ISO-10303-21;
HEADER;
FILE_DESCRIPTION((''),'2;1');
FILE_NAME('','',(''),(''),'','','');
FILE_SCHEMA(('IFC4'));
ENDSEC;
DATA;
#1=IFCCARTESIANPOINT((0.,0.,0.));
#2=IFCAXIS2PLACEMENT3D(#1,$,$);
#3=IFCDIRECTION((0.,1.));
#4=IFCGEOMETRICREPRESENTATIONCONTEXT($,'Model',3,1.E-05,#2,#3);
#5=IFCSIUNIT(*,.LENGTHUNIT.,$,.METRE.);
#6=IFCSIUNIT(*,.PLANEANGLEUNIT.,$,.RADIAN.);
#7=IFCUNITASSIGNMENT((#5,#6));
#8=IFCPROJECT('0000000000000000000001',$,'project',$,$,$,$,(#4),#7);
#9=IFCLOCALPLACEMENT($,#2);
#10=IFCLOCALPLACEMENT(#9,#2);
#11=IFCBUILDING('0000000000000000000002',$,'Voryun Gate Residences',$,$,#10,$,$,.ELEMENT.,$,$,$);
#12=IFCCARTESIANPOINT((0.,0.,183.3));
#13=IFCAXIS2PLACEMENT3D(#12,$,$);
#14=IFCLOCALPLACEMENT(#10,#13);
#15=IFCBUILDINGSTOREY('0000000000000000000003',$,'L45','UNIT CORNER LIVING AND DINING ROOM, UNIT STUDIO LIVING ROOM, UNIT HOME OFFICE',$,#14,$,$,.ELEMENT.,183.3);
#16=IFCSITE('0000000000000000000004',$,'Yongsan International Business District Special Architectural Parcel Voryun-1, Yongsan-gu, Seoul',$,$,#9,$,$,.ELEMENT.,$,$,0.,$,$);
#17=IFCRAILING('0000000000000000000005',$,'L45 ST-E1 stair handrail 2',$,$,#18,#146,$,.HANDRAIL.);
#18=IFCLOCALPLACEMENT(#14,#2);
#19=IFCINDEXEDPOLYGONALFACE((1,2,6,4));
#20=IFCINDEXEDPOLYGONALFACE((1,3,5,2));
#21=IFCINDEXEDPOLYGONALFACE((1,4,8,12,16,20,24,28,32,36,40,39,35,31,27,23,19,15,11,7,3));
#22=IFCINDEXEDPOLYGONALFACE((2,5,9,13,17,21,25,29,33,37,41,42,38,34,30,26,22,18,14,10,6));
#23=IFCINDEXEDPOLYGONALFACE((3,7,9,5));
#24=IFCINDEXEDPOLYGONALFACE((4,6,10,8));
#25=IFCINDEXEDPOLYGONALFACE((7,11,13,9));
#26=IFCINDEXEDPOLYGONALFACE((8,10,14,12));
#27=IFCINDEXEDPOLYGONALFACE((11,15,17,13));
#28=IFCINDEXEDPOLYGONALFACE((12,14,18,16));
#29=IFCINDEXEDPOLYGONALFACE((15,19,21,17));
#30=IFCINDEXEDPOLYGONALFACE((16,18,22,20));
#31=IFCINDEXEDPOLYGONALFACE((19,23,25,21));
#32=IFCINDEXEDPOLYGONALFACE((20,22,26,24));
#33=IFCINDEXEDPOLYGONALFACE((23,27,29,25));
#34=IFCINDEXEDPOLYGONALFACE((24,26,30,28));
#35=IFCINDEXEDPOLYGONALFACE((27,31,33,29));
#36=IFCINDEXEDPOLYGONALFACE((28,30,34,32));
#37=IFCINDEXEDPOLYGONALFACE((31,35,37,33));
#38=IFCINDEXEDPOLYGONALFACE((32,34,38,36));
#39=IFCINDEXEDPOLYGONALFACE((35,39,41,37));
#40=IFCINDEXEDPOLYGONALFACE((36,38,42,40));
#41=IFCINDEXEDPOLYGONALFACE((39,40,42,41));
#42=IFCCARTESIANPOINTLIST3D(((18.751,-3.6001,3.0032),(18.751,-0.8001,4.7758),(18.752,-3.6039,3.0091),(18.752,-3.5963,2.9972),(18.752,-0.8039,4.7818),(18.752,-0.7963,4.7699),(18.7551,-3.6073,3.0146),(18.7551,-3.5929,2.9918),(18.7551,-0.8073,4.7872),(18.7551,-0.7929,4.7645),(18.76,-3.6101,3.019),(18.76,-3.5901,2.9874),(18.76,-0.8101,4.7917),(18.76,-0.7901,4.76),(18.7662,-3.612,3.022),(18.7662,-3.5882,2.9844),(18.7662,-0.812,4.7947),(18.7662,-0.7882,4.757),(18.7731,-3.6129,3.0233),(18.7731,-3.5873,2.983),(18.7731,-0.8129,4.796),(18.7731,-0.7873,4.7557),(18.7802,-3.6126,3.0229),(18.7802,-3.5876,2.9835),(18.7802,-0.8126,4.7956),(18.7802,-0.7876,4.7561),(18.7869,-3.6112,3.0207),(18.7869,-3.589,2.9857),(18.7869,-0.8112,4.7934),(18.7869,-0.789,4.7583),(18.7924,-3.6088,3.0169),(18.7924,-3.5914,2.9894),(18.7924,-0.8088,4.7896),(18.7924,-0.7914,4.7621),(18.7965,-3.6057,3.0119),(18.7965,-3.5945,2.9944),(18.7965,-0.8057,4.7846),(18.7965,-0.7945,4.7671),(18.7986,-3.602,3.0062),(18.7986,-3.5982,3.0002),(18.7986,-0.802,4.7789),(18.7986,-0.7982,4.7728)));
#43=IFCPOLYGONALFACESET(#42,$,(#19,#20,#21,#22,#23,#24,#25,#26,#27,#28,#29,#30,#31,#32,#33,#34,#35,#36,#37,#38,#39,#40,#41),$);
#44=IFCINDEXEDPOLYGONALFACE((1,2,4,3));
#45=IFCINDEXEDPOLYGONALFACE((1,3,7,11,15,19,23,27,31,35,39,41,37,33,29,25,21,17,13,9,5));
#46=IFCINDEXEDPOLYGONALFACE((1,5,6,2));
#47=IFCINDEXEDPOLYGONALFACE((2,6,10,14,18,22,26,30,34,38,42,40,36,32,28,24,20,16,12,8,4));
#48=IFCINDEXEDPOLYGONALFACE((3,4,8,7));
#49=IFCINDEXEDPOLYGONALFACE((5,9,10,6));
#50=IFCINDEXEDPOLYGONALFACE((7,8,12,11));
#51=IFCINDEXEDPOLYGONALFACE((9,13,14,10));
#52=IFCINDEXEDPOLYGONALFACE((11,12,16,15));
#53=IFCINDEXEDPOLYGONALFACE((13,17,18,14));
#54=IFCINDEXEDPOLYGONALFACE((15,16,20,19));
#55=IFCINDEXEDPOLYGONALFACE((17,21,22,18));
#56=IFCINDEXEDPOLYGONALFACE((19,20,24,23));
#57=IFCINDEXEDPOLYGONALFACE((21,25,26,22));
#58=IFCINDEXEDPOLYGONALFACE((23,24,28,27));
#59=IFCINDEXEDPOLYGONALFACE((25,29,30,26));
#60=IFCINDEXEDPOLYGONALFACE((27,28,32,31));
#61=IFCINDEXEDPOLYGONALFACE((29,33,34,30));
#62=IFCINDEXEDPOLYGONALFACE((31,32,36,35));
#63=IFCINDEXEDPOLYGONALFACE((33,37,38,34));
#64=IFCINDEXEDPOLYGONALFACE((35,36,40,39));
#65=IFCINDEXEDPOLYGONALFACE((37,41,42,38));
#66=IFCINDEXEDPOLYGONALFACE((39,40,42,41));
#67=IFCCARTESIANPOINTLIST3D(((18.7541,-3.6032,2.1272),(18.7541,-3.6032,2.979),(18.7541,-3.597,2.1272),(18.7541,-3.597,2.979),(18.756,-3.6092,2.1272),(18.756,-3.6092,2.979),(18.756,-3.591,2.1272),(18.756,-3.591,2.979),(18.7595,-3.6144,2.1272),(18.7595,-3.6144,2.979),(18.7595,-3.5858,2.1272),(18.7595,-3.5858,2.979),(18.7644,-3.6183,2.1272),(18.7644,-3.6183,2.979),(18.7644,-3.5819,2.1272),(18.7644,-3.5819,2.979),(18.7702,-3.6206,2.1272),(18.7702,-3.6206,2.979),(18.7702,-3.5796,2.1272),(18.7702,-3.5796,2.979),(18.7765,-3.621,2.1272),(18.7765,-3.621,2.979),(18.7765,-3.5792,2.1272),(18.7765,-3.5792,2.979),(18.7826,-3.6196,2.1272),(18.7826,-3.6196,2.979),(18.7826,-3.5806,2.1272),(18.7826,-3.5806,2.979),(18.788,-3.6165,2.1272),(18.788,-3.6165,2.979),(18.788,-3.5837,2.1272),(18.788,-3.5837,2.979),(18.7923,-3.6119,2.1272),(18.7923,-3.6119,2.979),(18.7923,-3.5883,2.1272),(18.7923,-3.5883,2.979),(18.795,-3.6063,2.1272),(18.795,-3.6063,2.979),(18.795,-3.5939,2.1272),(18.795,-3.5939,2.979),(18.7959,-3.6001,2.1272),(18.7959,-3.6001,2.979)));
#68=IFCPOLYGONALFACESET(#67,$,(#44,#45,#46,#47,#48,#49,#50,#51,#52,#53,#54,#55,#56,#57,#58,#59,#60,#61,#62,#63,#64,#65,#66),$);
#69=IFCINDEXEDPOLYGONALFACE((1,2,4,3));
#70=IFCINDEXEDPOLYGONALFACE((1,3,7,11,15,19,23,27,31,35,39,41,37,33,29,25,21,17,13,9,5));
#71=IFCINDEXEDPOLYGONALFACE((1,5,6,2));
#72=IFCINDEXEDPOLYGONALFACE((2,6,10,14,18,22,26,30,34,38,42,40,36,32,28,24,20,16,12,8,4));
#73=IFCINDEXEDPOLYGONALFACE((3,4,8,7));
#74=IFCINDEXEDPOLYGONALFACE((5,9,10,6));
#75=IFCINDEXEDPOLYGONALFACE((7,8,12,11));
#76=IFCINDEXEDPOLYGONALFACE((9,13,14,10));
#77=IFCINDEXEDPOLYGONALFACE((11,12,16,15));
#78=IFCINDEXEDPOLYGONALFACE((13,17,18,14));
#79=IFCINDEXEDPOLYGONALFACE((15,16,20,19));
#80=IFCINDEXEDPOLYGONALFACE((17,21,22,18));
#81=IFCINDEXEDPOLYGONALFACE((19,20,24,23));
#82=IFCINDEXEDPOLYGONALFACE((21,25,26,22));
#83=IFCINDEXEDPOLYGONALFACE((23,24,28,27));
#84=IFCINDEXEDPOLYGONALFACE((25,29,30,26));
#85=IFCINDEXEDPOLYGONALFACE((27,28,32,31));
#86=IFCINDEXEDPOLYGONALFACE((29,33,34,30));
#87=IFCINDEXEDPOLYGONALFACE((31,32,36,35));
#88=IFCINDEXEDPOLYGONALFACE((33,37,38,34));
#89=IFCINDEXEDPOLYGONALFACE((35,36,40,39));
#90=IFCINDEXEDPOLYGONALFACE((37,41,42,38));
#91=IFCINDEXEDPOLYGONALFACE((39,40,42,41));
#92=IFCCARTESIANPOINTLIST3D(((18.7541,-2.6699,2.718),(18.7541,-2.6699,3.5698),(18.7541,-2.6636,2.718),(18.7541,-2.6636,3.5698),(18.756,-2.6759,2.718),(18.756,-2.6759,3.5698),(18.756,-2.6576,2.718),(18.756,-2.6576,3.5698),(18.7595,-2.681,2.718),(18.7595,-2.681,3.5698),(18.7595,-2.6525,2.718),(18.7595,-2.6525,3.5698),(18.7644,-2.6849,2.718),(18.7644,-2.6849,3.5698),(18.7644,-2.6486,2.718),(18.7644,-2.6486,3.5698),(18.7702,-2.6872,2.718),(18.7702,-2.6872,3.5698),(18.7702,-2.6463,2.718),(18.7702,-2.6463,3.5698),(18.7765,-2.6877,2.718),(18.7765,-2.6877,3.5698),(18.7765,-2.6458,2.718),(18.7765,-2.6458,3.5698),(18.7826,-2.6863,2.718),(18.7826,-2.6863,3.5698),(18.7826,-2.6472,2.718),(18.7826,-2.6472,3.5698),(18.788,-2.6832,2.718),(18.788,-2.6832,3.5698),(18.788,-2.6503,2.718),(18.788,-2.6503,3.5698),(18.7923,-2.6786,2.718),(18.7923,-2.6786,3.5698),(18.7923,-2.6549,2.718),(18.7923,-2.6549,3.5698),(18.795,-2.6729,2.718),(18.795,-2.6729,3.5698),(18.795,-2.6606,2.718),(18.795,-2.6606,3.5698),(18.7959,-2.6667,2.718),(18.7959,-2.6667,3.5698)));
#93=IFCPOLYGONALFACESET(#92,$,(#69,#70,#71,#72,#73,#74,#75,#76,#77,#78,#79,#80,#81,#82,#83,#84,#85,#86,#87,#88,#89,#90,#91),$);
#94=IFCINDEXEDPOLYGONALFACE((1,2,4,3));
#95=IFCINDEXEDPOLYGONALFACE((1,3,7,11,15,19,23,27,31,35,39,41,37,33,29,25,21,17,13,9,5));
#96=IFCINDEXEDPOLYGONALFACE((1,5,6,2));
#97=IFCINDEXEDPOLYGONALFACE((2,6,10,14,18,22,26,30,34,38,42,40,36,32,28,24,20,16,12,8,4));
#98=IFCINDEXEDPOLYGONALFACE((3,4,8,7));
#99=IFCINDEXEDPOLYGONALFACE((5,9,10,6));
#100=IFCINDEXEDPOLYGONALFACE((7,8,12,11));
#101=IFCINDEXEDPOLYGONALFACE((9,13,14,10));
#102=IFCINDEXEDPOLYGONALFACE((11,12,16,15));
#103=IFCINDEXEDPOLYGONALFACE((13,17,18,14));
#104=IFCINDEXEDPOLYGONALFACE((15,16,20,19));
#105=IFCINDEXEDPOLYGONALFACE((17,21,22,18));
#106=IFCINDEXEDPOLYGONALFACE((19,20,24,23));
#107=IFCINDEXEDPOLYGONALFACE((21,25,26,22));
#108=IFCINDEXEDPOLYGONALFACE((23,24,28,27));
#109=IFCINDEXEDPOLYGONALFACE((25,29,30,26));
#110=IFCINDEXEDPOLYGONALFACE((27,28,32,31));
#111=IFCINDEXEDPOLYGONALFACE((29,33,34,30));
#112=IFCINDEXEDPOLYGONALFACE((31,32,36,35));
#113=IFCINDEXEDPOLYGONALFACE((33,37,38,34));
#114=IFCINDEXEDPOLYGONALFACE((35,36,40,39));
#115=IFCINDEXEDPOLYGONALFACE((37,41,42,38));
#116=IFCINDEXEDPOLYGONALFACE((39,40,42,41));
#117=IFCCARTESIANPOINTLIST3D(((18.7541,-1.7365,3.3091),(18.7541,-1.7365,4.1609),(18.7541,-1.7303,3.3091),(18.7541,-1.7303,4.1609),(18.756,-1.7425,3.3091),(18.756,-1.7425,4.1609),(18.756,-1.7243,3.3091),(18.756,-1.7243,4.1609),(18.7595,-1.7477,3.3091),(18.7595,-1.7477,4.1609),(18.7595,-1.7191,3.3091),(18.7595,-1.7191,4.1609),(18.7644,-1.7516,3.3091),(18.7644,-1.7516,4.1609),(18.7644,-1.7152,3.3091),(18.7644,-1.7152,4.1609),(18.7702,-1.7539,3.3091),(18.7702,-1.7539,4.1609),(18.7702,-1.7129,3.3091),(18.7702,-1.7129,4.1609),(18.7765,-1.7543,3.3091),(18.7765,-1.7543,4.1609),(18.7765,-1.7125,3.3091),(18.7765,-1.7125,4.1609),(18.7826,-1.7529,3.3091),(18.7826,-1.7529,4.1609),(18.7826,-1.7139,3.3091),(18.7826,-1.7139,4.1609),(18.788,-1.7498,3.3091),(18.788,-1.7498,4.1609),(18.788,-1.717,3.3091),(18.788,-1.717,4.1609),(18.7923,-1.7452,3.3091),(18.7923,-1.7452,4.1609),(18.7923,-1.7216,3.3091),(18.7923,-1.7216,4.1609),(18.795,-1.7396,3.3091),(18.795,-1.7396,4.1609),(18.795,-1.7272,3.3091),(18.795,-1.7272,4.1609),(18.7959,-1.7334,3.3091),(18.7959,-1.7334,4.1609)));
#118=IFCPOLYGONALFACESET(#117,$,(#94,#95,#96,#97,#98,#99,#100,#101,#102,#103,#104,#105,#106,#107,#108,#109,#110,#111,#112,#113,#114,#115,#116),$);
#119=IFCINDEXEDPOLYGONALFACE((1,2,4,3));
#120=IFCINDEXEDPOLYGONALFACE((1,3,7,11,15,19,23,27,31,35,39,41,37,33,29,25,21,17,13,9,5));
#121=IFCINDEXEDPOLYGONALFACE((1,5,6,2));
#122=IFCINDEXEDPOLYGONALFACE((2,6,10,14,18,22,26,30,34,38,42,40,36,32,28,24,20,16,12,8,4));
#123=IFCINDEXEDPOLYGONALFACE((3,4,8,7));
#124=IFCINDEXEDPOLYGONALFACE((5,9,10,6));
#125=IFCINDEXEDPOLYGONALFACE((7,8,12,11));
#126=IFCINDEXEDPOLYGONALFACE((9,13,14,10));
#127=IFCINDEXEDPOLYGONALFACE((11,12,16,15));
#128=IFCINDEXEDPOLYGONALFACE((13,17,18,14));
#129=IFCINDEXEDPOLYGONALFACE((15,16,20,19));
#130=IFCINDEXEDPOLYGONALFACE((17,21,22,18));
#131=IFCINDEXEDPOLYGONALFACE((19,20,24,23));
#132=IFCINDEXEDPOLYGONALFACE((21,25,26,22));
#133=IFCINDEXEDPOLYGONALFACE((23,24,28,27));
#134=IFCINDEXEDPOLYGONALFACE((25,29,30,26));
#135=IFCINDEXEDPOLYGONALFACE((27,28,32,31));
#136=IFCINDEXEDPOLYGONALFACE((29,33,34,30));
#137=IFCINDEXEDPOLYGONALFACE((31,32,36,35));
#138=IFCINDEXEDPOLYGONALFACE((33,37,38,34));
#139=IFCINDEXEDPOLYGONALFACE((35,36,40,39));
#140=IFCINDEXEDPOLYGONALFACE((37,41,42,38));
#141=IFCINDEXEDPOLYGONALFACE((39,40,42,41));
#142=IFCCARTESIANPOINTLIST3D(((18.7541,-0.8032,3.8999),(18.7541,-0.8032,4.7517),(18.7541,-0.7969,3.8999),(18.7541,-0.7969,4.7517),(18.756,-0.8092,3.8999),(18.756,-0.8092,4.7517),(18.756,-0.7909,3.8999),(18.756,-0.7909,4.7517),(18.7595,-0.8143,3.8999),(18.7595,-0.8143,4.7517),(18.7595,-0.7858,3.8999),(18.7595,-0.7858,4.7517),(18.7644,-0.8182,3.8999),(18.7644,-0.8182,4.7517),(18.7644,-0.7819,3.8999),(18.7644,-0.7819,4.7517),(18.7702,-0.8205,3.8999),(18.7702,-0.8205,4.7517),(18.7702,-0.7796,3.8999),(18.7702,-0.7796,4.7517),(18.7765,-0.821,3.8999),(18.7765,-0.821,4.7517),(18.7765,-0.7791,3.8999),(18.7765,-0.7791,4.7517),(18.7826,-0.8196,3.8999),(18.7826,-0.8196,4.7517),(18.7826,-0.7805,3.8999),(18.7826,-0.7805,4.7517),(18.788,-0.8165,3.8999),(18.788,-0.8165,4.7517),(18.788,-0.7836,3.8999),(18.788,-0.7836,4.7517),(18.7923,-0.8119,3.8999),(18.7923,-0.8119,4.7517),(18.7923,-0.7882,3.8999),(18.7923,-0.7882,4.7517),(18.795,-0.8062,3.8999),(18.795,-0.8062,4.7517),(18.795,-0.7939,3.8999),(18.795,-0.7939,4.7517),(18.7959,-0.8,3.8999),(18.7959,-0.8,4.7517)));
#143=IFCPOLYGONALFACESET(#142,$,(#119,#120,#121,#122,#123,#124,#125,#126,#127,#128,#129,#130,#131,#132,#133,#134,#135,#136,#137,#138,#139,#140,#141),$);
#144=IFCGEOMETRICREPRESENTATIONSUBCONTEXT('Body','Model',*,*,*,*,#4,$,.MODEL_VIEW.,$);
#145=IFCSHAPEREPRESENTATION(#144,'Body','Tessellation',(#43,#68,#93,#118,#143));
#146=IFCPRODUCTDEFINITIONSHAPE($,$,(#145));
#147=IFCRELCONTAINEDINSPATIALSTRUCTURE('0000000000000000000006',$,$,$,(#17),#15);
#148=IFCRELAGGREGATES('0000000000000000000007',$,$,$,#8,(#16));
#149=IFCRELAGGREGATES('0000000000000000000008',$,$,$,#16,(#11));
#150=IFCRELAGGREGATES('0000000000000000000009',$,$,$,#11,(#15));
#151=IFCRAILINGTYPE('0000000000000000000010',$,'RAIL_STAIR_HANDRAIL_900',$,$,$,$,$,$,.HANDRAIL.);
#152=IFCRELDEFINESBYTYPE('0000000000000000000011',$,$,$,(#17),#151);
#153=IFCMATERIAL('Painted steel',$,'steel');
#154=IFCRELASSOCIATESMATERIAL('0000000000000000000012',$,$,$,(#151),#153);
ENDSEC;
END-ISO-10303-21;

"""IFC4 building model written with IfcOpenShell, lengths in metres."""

from ifc_helpers import new_model, si_unit, direction, frame, origin, origin_2d, place, context, subcontext, project, spatial, circle, extrude, material, type_object, element, save


model = new_model("IFC4")

# Units and contexts
model_context = context("Model", 3, precision=1e-05, world=origin(), true_north=direction((0.0, 1.0)))
body_context = subcontext(model_context, "Body", "Model", "MODEL_VIEW")
ifc_project = project(units=[si_unit("LENGTHUNIT", "METRE"), si_unit("PLANEANGLEUNIT", "RADIAN")], contexts=[model_context])

# Site, building, storey
site_placement = place(None, origin())
site = spatial("IfcSite", under=ifc_project, at=site_placement, Name="Yongsan International Business District Special Architectural Parcel Voryun-1, Yongsan-gu, Seoul", CompositionType="ELEMENT", RefElevation=0.0)
building_placement = place(site_placement, origin())
building = spatial("IfcBuilding", under=site, at=building_placement, Name="Voryun Gate Residences", CompositionType="ELEMENT")
storey_placement = place(building_placement, frame((0.0, 0.0, 183.3)))
storey = spatial("IfcBuildingStorey", under=building, at=storey_placement, Name="L45", Description="UNIT CORNER LIVING AND DINING ROOM, UNIT STUDIO LIVING ROOM, UNIT HOME OFFICE", CompositionType="ELEMENT", Elevation=183.3)

# Railing
ifc_material_1 = material(Name="Painted steel", Category="steel")
railing_type_1 = type_object("IfcRailingType", Name="RAIL_STAIR_HANDRAIL_900", PredefinedType="HANDRAIL", material=ifc_material_1)
railing_1_placement = place(storey_placement, frame((18.7749, -3.6001, 2.1272)))
element("IfcRailing", 1, at=railing_1_placement, inside=storey, type_object=railing_type_1, Name="L45 ST-E1 stair handrail 2", PredefinedType="HANDRAIL", context=body_context, shape_type="SweptSolid", body=[
    extrude(circle(Radius=0.0239, at=origin_2d()), frame((0.0, 0.0, 0.876), z_axis=(0.0, 0.844909, 0.53491), x_axis=(-1.0, 0.0, 0.0)), (0.0, 0.0, 1.0), 3.314),
    extrude(circle(Radius=0.021, at=origin_2d()), origin(), (0.0, 0.0, 1.0), 0.8518),
    extrude(circle(Radius=0.021, at=origin_2d()), frame((0.0, 0.9333, 0.5908)), (0.0, 0.0, 1.0), 0.8518),
    extrude(circle(Radius=0.021, at=origin_2d()), frame((0.0, 1.8667, 1.1819)), (0.0, 0.0, 1.0), 0.8518),
    extrude(circle(Radius=0.021, at=origin_2d()), frame((0.0, 2.8, 1.7727)), (0.0, 0.0, 1.0), 0.8518),
])

save(model, "model.ifc")
